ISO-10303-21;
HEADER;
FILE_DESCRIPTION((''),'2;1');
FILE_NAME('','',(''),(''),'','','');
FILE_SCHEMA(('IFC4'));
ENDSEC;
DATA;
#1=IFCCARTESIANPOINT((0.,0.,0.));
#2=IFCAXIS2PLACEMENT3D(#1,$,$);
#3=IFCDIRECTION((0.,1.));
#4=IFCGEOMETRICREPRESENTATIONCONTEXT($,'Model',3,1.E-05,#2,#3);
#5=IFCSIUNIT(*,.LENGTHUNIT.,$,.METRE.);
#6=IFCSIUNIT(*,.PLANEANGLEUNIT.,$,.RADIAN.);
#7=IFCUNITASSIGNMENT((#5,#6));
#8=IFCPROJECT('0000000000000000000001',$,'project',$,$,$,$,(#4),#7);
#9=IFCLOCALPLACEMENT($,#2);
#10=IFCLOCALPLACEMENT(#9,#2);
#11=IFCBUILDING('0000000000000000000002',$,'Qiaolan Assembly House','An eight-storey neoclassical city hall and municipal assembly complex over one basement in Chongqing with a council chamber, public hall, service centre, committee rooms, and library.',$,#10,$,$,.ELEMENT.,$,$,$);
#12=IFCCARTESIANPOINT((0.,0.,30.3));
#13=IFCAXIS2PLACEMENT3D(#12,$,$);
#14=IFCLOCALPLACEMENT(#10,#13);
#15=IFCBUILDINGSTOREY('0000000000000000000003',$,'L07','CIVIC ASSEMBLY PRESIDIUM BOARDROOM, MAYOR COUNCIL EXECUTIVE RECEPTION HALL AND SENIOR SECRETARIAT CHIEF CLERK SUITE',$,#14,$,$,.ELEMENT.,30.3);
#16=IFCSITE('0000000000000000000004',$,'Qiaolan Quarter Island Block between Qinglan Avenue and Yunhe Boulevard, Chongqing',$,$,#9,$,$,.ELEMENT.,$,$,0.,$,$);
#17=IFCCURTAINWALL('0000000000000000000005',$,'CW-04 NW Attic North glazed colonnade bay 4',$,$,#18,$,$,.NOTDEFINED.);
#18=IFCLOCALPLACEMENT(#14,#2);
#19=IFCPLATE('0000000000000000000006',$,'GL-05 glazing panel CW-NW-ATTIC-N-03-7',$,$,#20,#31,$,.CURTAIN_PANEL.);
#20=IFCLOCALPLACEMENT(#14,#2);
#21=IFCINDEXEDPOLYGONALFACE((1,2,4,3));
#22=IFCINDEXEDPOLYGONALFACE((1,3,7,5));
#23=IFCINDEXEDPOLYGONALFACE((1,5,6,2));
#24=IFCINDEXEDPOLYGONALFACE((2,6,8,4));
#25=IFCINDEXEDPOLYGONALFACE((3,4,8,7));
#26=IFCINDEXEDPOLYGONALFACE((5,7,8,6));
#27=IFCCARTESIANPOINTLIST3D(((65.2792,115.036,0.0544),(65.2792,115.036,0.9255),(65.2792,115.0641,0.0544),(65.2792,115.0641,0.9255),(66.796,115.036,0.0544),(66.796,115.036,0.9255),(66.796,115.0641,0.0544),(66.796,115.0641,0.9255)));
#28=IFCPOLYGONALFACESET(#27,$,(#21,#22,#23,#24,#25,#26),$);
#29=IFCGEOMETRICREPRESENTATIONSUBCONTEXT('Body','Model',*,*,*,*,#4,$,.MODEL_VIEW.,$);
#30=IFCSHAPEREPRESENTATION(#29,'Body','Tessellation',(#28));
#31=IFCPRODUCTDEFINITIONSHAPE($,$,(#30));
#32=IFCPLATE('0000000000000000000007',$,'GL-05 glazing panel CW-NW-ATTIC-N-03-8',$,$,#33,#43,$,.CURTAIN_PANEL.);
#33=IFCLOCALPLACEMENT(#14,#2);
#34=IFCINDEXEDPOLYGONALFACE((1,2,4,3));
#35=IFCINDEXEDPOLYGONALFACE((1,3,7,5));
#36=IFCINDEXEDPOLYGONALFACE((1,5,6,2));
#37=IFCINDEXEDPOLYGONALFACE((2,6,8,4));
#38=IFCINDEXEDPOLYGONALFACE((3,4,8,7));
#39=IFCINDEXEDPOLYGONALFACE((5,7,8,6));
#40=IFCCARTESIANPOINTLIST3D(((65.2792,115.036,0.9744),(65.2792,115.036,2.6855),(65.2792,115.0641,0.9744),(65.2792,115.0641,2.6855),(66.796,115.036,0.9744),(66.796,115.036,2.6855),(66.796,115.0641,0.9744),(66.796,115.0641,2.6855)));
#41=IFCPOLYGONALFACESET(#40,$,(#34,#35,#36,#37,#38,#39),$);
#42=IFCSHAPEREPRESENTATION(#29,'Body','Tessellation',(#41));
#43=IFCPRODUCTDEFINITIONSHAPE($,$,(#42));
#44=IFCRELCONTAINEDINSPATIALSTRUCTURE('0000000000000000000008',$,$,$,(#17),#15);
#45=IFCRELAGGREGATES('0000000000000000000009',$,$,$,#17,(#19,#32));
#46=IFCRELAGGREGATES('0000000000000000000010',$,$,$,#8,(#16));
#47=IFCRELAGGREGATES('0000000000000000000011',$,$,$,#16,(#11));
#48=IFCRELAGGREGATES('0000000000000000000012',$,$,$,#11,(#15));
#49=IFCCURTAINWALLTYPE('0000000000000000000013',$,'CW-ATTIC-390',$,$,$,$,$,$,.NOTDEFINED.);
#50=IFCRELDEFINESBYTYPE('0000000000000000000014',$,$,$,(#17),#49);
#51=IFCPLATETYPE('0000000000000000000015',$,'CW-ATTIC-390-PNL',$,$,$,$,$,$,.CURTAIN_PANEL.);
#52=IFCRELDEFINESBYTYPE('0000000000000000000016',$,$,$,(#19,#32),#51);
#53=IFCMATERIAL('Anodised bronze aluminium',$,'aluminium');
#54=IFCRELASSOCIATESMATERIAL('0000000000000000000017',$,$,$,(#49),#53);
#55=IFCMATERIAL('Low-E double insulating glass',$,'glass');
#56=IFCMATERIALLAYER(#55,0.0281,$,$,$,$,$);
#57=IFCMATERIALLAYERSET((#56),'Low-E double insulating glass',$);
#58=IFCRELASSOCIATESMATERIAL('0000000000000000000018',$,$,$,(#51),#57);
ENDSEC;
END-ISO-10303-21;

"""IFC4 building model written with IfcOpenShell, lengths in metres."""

from ifc_helpers import new_model, si_unit, direction, frame, frame_2d, origin, place, context, subcontext, project, spatial, rectangle, extrude, material, layer, layer_set, type_object, element, aggregate, save


model = new_model("IFC4")

# Units and contexts
model_context = context("Model", 3, precision=1e-05, world=origin(), true_north=direction((0.0, 1.0)))
body_context = subcontext(model_context, "Body", "Model", "MODEL_VIEW")
ifc_project = project(units=[si_unit("LENGTHUNIT", "METRE"), si_unit("PLANEANGLEUNIT", "RADIAN")], contexts=[model_context])

# Site, building, storey
site_placement = place(None, origin())
site = spatial("IfcSite", under=ifc_project, at=site_placement, Name="Qiaolan Quarter Island Block between Qinglan Avenue and Yunhe Boulevard, Chongqing", CompositionType="ELEMENT", RefElevation=0.0)
building_placement = place(site_placement, origin())
building = spatial("IfcBuilding", under=site, at=building_placement, Name="Qiaolan Assembly House", Description="An eight-storey neoclassical city hall and municipal assembly complex over one basement in Chongqing with a council chamber, public hall, service centre, committee rooms, and library.", CompositionType="ELEMENT")
storey_placement = place(building_placement, frame((0.0, 0.0, 30.3)))
storey = spatial("IfcBuildingStorey", under=building, at=storey_placement, Name="L07", Description="CIVIC ASSEMBLY PRESIDIUM BOARDROOM, MAYOR COUNCIL EXECUTIVE RECEPTION HALL AND SENIOR SECRETARIAT CHIEF CLERK SUITE", CompositionType="ELEMENT", Elevation=30.3)

# Curtain wall
ifc_material_1 = material(Name="Anodised bronze aluminium", Category="aluminium")
curtain_wall_type = type_object("IfcCurtainWallType", Name="CW-ATTIC-390", PredefinedType="NOTDEFINED", material=ifc_material_1)
curtain_wall_1_placement = place(storey_placement, origin())
curtain_wall_1 = element("IfcCurtainWall", 1, at=curtain_wall_1_placement, inside=storey, type_object=curtain_wall_type, Name="CW-04 NW Attic North glazed colonnade bay 4", PredefinedType="NOTDEFINED")

# Plates
ifc_material_2 = material(Name="Low-E double insulating glass", Category="glass")
ifc_layer = layer(ifc_material_2, 0.0281)
ifc_layer_set = layer_set([ifc_layer], Name="Low-E double insulating glass")
plate_type = type_object("IfcPlateType", Name="CW-ATTIC-390-PNL", PredefinedType="CURTAIN_PANEL", material=ifc_layer_set)
plate_1_placement = place(storey_placement, frame((66.7959, 115.05, 0.0544), z_axis=(0.0, 0.0, 1.0), x_axis=(-1.0, 0.0, 0.0)))
plate_1 = element("IfcPlate", 2, at=plate_1_placement, type_object=plate_type, Name="GL-05 glazing panel CW-NW-ATTIC-N-03-7", PredefinedType="CURTAIN_PANEL", context=body_context, shape_type="SweptSolid", body=[
    extrude(rectangle(XDim=1.5168, YDim=0.0281, at=frame_2d((0.7583, 0.0))), origin(), (0.0, 0.0, 1.0), 0.8711),
])
plate_2_placement = place(storey_placement, frame((66.7959, 115.05, 0.9744), z_axis=(0.0, 0.0, 1.0), x_axis=(-1.0, 0.0, 0.0)))
plate_2 = element("IfcPlate", 3, at=plate_2_placement, type_object=plate_type, Name="GL-05 glazing panel CW-NW-ATTIC-N-03-8", PredefinedType="CURTAIN_PANEL", context=body_context, shape_type="SweptSolid", body=[
    extrude(rectangle(XDim=1.5168, YDim=0.0281, at=frame_2d((0.7583, 0.0))), origin(), (0.0, 0.0, 1.0), 1.7112),
])
aggregate(curtain_wall_1, [plate_1, plate_2])

save(model, "model.ifc")
